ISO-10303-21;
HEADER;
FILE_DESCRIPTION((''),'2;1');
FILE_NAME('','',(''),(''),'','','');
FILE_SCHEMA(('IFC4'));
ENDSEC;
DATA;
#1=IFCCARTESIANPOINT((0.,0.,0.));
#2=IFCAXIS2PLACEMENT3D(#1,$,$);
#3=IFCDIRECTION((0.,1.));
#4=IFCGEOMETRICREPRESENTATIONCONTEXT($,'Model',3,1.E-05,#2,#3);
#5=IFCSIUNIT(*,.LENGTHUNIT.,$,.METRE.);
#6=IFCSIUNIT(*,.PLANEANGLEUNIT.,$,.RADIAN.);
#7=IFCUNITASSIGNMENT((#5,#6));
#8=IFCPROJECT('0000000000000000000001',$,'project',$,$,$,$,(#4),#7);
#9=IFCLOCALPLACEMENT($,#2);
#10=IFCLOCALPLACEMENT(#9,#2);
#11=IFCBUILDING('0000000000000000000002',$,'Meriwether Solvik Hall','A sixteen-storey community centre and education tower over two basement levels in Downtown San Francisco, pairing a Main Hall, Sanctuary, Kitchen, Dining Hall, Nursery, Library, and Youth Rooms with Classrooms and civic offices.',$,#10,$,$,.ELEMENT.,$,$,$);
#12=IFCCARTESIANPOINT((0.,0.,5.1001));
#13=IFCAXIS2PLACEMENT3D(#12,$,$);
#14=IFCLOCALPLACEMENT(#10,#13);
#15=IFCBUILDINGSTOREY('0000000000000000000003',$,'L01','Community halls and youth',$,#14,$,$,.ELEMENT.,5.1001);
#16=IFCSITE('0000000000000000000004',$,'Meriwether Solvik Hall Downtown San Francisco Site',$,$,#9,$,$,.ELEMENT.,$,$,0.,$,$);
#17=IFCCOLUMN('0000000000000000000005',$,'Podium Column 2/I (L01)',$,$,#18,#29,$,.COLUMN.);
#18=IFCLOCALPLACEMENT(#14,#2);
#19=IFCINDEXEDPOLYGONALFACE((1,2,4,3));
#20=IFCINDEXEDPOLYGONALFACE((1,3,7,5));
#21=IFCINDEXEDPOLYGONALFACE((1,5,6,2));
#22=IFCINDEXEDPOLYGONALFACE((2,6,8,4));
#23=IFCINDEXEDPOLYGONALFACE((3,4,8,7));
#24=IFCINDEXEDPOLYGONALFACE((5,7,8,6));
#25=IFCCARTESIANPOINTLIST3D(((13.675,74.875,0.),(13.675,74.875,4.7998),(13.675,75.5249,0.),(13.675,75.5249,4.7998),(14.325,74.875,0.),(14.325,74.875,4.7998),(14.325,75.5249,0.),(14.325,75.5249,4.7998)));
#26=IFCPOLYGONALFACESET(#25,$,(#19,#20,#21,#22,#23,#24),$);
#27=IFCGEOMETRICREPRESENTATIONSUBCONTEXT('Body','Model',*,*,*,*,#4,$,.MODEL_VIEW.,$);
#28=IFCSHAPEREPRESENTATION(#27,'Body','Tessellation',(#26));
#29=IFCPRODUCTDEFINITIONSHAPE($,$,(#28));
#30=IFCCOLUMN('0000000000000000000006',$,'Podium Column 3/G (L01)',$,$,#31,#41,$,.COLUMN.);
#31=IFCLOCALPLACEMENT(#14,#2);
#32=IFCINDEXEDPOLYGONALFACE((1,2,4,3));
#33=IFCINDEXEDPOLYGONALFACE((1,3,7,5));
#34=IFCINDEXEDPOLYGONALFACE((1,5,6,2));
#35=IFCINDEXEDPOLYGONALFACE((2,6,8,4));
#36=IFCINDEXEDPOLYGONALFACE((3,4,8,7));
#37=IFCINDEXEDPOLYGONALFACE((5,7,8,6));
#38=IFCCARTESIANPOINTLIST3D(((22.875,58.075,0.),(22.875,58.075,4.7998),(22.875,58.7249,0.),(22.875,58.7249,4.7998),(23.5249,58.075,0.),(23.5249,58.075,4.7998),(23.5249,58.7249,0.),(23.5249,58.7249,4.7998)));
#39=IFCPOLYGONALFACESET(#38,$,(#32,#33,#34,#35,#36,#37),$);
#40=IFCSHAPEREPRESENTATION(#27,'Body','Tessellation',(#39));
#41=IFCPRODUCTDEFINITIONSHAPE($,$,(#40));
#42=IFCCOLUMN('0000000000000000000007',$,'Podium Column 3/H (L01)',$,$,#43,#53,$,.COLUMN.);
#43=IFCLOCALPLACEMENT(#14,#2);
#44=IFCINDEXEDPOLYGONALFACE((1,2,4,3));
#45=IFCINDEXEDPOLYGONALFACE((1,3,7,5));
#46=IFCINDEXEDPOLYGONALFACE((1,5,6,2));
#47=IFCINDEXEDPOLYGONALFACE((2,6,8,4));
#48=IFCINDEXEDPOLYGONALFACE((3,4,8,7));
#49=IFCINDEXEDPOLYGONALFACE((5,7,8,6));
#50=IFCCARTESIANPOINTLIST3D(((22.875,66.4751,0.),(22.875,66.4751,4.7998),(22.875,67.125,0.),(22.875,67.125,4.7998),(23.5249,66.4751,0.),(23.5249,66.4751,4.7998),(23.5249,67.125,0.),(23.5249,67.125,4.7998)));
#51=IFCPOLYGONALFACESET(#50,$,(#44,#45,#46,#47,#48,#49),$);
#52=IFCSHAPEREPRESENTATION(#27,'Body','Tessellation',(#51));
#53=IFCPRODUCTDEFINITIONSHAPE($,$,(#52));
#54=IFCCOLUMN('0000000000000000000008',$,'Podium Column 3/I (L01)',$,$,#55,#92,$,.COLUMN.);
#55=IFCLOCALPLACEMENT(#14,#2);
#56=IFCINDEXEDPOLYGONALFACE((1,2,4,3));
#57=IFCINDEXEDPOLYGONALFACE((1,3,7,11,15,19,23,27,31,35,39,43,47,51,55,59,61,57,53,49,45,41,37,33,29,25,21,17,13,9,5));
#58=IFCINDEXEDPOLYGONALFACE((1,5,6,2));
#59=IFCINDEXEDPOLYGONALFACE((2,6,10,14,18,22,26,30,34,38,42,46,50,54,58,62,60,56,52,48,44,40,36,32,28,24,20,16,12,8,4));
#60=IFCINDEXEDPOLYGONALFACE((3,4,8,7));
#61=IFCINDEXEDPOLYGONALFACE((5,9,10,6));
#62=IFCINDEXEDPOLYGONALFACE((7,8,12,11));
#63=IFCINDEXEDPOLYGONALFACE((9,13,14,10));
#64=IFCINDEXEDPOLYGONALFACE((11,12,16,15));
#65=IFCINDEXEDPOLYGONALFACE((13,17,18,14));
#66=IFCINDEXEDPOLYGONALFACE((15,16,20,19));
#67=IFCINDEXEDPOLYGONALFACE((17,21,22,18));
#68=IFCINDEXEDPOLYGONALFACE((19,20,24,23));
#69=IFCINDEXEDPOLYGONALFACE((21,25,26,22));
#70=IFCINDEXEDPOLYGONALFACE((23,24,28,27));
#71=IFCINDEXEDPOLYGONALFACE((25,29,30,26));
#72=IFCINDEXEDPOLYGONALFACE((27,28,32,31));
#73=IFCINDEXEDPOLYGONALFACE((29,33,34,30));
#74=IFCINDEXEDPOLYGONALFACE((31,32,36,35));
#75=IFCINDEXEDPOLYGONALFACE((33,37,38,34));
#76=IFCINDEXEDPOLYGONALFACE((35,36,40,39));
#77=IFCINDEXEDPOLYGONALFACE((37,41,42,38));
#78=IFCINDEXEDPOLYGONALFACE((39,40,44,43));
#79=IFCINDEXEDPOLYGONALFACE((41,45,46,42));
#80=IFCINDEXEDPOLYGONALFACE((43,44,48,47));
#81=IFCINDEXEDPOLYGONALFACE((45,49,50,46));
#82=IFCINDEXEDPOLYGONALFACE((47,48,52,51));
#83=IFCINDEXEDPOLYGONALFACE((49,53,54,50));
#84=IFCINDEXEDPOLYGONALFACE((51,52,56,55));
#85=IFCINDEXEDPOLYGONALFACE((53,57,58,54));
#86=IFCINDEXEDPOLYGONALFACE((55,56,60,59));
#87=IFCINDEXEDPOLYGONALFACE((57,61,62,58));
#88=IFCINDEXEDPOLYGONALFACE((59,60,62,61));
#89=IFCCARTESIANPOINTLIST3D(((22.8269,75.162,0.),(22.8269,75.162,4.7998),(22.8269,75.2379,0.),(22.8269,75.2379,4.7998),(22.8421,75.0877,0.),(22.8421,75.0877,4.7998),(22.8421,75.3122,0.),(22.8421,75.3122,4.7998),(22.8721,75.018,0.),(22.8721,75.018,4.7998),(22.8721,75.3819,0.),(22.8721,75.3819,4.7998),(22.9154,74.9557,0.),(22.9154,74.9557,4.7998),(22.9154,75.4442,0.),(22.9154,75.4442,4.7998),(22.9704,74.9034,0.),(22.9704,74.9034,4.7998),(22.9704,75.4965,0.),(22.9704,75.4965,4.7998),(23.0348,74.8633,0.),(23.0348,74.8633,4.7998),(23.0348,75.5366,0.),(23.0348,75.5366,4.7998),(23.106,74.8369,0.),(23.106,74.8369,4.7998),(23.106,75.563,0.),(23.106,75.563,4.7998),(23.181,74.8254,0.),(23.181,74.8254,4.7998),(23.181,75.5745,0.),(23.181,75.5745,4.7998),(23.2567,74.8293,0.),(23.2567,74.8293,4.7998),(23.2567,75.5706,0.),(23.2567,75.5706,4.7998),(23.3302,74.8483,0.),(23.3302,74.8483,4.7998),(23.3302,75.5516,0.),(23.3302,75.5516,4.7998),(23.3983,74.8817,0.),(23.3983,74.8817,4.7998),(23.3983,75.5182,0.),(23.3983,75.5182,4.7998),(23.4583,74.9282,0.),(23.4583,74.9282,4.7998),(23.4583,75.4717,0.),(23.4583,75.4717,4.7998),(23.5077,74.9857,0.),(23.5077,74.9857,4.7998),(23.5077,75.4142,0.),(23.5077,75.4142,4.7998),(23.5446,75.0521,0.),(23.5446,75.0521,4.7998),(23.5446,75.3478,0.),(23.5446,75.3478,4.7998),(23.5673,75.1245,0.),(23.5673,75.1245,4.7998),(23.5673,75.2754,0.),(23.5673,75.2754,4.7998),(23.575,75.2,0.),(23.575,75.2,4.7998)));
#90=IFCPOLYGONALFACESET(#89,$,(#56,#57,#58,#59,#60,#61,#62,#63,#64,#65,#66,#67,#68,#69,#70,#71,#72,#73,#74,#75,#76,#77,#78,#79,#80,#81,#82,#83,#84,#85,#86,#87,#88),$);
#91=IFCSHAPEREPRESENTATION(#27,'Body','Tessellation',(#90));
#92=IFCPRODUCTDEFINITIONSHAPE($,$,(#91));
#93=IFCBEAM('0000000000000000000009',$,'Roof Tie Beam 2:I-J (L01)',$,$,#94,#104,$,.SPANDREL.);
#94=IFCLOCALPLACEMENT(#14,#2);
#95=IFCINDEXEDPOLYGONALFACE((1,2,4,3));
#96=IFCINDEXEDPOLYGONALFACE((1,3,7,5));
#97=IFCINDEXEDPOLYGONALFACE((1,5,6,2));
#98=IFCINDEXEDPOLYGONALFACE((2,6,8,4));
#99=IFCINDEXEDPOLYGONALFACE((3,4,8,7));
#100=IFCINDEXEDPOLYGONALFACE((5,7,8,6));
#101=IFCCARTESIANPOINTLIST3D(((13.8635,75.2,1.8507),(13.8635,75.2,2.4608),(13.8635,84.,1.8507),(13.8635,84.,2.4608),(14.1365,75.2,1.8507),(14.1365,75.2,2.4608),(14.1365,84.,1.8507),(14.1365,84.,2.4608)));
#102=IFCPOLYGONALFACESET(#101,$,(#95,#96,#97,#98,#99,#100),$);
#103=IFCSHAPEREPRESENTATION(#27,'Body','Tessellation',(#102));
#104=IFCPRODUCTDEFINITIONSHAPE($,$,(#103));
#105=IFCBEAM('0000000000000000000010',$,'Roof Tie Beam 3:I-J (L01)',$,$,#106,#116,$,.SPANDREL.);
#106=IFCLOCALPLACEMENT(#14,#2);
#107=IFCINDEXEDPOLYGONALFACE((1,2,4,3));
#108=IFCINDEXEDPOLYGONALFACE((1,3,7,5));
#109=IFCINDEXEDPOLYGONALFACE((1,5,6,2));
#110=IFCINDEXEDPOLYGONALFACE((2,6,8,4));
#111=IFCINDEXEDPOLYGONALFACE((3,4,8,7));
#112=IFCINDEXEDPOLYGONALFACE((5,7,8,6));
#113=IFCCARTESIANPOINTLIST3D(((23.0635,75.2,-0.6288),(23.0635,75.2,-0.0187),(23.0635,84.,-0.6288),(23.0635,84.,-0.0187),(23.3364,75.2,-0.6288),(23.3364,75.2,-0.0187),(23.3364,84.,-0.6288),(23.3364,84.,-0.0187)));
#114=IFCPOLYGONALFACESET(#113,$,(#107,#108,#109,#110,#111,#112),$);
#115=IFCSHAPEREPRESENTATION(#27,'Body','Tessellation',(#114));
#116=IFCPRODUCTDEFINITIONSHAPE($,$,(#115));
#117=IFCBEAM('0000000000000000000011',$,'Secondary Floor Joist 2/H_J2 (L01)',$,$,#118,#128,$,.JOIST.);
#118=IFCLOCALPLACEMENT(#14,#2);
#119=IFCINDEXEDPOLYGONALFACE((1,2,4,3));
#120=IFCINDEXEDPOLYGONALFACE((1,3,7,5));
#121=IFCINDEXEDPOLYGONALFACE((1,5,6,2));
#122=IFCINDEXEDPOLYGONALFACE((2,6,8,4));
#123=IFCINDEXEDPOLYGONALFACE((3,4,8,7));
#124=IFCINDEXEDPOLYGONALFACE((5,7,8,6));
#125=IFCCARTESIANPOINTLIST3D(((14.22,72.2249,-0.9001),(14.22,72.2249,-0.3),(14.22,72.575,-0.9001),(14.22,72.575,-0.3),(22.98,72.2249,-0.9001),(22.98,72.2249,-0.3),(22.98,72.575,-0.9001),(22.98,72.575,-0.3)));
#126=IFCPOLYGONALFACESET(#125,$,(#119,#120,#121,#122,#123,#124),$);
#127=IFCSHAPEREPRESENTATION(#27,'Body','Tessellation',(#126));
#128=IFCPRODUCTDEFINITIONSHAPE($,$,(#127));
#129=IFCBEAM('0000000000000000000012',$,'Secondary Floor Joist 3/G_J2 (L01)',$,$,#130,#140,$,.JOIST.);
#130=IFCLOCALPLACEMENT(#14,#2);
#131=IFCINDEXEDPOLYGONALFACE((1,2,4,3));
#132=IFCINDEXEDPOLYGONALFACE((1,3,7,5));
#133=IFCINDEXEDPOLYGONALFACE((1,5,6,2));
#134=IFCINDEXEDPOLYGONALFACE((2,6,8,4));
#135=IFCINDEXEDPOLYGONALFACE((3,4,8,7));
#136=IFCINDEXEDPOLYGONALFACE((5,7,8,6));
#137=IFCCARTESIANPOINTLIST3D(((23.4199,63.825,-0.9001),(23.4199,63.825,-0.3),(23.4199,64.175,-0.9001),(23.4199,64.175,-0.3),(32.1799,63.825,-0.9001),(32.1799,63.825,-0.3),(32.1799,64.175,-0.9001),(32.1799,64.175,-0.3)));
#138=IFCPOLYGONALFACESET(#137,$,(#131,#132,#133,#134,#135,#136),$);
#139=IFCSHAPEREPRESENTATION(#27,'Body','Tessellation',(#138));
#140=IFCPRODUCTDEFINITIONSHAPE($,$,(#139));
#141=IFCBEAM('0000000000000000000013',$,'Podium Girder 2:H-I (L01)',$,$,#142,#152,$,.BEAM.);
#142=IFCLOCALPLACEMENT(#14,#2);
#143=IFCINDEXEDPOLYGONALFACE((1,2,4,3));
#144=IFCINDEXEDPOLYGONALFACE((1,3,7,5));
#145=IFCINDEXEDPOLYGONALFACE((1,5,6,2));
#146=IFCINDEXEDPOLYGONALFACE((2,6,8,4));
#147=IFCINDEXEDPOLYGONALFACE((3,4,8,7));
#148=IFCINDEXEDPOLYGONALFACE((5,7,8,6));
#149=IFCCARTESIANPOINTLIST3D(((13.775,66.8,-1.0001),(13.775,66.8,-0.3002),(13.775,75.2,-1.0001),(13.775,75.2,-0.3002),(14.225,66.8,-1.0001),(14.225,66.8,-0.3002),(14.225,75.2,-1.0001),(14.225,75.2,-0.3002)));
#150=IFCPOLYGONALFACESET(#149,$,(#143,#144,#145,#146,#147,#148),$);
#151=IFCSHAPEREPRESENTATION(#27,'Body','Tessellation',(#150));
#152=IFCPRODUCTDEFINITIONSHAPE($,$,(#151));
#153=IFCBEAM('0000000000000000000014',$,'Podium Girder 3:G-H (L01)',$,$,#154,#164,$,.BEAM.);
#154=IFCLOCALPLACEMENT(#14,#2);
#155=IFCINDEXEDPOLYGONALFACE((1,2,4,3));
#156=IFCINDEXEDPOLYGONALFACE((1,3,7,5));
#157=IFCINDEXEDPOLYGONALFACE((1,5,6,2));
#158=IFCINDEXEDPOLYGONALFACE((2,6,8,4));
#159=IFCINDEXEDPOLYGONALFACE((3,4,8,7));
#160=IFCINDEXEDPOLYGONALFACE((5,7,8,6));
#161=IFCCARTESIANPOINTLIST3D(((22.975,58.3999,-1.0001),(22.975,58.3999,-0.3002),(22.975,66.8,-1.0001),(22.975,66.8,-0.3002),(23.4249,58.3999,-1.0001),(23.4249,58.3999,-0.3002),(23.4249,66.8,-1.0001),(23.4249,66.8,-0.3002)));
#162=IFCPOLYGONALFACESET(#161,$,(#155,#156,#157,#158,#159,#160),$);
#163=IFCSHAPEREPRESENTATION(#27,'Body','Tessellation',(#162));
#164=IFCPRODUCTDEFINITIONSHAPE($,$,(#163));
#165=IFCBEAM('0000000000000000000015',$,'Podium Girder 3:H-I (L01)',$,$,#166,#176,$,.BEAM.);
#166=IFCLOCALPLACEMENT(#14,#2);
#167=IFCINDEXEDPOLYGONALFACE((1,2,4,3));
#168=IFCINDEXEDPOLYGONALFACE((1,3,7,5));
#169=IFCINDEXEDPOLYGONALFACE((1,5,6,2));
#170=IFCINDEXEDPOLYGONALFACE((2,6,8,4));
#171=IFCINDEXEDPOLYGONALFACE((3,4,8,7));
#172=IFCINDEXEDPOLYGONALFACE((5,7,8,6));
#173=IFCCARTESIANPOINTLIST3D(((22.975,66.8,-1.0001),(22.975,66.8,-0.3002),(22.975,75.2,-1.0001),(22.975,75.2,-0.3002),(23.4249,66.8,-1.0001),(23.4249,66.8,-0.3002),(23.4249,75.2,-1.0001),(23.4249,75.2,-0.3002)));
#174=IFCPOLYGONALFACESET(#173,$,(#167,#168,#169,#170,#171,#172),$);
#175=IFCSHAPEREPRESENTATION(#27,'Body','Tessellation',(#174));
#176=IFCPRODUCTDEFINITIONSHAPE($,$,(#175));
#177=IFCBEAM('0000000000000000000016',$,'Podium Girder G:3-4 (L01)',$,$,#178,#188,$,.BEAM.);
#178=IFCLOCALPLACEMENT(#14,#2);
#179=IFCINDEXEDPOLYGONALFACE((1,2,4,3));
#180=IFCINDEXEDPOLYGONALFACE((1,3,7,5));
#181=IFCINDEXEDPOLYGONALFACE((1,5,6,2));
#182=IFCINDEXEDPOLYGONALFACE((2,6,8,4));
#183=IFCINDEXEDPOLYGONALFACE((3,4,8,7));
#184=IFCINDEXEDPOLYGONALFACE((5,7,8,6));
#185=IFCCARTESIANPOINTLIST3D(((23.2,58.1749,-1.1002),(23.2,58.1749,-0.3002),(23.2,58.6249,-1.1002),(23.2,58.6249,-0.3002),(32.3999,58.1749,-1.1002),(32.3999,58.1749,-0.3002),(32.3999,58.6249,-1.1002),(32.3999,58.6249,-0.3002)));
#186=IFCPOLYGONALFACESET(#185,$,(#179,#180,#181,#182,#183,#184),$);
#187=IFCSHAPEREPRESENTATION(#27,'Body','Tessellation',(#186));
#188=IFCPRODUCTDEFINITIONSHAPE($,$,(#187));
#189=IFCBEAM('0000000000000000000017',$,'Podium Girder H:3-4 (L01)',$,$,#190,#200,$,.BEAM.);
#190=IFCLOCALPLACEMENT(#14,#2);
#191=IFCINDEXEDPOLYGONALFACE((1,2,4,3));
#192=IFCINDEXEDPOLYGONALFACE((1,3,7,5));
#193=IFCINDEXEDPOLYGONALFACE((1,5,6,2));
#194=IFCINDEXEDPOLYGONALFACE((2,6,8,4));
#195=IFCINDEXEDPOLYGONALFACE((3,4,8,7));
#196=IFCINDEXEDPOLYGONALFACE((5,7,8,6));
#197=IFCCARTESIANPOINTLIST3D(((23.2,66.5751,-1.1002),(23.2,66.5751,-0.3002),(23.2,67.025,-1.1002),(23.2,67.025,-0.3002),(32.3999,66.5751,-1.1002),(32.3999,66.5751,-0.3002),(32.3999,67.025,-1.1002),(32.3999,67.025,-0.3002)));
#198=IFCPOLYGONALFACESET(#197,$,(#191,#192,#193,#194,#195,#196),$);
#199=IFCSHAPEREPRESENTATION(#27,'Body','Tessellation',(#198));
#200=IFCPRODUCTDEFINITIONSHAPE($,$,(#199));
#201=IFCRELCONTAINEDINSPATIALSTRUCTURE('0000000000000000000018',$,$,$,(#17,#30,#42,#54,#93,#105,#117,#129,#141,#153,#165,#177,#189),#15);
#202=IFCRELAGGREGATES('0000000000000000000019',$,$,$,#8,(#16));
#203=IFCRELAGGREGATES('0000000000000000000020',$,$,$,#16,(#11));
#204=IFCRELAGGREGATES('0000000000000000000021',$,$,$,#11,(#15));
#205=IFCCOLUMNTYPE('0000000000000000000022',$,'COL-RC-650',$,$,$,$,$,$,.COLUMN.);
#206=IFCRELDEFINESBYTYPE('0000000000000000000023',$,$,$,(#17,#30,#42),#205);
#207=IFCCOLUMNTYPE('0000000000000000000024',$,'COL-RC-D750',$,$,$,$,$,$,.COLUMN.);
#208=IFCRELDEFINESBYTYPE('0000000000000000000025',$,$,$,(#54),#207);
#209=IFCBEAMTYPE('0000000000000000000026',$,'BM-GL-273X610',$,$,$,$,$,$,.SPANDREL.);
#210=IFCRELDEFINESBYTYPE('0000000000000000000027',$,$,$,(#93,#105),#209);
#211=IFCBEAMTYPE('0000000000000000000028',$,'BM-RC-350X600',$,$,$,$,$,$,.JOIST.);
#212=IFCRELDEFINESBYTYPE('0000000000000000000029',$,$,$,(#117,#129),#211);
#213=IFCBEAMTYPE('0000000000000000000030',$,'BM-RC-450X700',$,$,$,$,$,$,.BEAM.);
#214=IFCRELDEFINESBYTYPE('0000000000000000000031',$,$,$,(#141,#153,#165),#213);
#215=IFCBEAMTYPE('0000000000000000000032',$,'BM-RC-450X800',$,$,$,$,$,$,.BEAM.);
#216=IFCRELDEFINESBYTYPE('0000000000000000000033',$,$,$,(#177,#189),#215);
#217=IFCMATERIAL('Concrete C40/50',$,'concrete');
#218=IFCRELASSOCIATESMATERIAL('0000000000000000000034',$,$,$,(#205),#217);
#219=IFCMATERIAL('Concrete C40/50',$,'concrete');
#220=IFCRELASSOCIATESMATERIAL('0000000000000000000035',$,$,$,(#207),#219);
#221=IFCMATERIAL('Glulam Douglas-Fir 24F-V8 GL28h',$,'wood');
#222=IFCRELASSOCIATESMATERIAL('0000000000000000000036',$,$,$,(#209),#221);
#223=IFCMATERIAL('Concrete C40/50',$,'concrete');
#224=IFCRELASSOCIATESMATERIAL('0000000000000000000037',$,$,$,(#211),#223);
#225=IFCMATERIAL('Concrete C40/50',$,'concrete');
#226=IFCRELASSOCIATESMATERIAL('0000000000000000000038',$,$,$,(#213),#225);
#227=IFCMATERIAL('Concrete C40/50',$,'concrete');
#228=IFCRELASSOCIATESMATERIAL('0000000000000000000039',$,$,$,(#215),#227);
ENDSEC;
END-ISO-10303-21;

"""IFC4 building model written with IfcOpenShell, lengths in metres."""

from ifc_helpers import new_model, si_unit, direction, frame, origin, origin_2d, place, context, subcontext, project, spatial, rectangle, circle, extrude, material, material_profile, profile_set, type_object, element, save


model = new_model("IFC4")

# Units and contexts
model_context = context("Model", 3, precision=1e-05, world=origin(), true_north=direction((0.0, 1.0)))
body_context = subcontext(model_context, "Body", "Model", "MODEL_VIEW")
ifc_project = project(units=[si_unit("LENGTHUNIT", "METRE"), si_unit("PLANEANGLEUNIT", "RADIAN")], contexts=[model_context])

# Site, building, storey
site_placement = place(None, origin())
site = spatial("IfcSite", under=ifc_project, at=site_placement, Name="Meriwether Solvik Hall Downtown San Francisco Site", CompositionType="ELEMENT", RefElevation=0.0)
building_placement = place(site_placement, origin())
building = spatial("IfcBuilding", under=site, at=building_placement, Name="Meriwether Solvik Hall", Description="A sixteen-storey community centre and education tower over two basement levels in Downtown San Francisco, pairing a Main Hall, Sanctuary, Kitchen, Dining Hall, Nursery, Library, and Youth Rooms with Classrooms and civic offices.", CompositionType="ELEMENT")
storey_placement = place(building_placement, frame((0.0, 0.0, 5.1001)))
storey = spatial("IfcBuildingStorey", under=building, at=storey_placement, Name="L01", Description="Community halls and youth", CompositionType="ELEMENT", Elevation=5.1001)

# Columns
ifc_material_1 = material(Name="Concrete C40/50", Category="concrete")
ifc_material_profile_1 = material_profile(ifc_material_1, rectangle(XDim=0.6499, YDim=0.6499, at=origin_2d()), Name="RCC-650X650")
ifc_profile_set_1 = profile_set([ifc_material_profile_1], Name="Concrete C40/50")
column_type_1 = type_object("IfcColumnType", Name="COL-RC-650", PredefinedType="COLUMN", material=ifc_profile_set_1)
for number, where, z_axis, x_axis, name in (
    (1, (14.0, 75.2, 0.0), (0.0, 0.0, 1.0), (1.0, 0.0, 0.0), "Podium Column 2/I (L01)"),
    (2, (23.2, 58.3999, 0.0), (0.0, 0.0, 1.0), (1.0, 0.0, 0.0), "Podium Column 3/G (L01)"),
    (3, (23.2, 66.8, 0.0), (0.0, 0.0, 1.0), (1.0, 0.0, 0.0), "Podium Column 3/H (L01)"),
):
    element("IfcColumn", number, at=place(storey_placement, frame(where, z_axis=z_axis, x_axis=x_axis)), inside=storey, type_object=column_type_1, Name=name, PredefinedType="COLUMN", context=body_context, shape_type="SweptSolid", body=[
        extrude(rectangle(XDim=0.6499, YDim=0.6499, at=origin_2d()), origin(), (0.0, 0.0, 1.0), 4.7998),
    ])
ifc_material_2 = material(Name="Concrete C40/50", Category="concrete")
ifc_material_profile_2 = material_profile(ifc_material_2, circle(Radius=0.375, at=origin_2d()), Name="RCC-D750")
ifc_profile_set_2 = profile_set([ifc_material_profile_2], Name="Concrete C40/50")
column_type_2 = type_object("IfcColumnType", Name="COL-RC-D750", PredefinedType="COLUMN", material=ifc_profile_set_2)
column_placement = place(storey_placement, frame((23.2, 75.2, 0.0), z_axis=(0.0, 0.0, 1.0), x_axis=(1.0, 0.0, 0.0)))
element("IfcColumn", 4, at=column_placement, inside=storey, type_object=column_type_2, Name="Podium Column 3/I (L01)", PredefinedType="COLUMN", context=body_context, shape_type="SweptSolid", body=[
    extrude(circle(Radius=0.375, at=origin_2d()), origin(), (0.0, 0.0, 1.0), 4.7998),
])

# Beams
ifc_material_3 = material(Name="Glulam Douglas-Fir 24F-V8 GL28h", Category="wood")
ifc_material_profile_3 = material_profile(ifc_material_3, rectangle(XDim=0.2729, YDim=0.6101, at=origin_2d()), Name="GLB-273X610")
ifc_profile_set_3 = profile_set([ifc_material_profile_3], Name="Glulam Douglas-Fir 24F-V8 GL28h")
beam_type_1 = type_object("IfcBeamType", Name="BM-GL-273X610", PredefinedType="SPANDREL", material=ifc_profile_set_3)
for number, where, z_axis, x_axis, name in (
    (5, (14.0, 75.2, 2.1558), (0.0, 1.0, 0.0), (-1.0, 0.0, 0.0), "Roof Tie Beam 2:I-J (L01)"),
    (6, (23.2, 75.2, -0.3237), (0.0, 1.0, 0.0), (-1.0, 0.0, 0.0), "Roof Tie Beam 3:I-J (L01)"),
):
    element("IfcBeam", number, at=place(storey_placement, frame(where, z_axis=z_axis, x_axis=x_axis)), inside=storey, type_object=beam_type_1, Name=name, PredefinedType="SPANDREL", context=body_context, shape_type="SweptSolid", body=[
        extrude(rectangle(XDim=0.2729, YDim=0.6101, at=origin_2d()), origin(), (0.0, 0.0, 1.0), 8.8),
    ])
ifc_material_4 = material(Name="Concrete C40/50", Category="concrete")
ifc_material_profile_4 = material_profile(ifc_material_4, rectangle(XDim=0.3501, YDim=0.6001, at=origin_2d()), Name="RCB-350X600")
ifc_profile_set_4 = profile_set([ifc_material_profile_4], Name="Concrete C40/50")
beam_type_2 = type_object("IfcBeamType", Name="BM-RC-350X600", PredefinedType="JOIST", material=ifc_profile_set_4)
for number, where, z_axis, x_axis, name in (
    (7, (14.22, 72.3999, -0.6001), (1.0, 0.0, 0.0), (0.0, 1.0, 0.0), "Secondary Floor Joist 2/H_J2 (L01)"),
    (8, (23.4199, 64.0, -0.6001), (1.0, 0.0, 0.0), (0.0, 1.0, 0.0), "Secondary Floor Joist 3/G_J2 (L01)"),
):
    element("IfcBeam", number, at=place(storey_placement, frame(where, z_axis=z_axis, x_axis=x_axis)), inside=storey, type_object=beam_type_2, Name=name, PredefinedType="JOIST", context=body_context, shape_type="SweptSolid", body=[
        extrude(rectangle(XDim=0.3501, YDim=0.6001, at=origin_2d()), origin(), (0.0, 0.0, 1.0), 8.76),
    ])
ifc_material_5 = material(Name="Concrete C40/50", Category="concrete")
ifc_material_profile_5 = material_profile(ifc_material_5, rectangle(XDim=0.45, YDim=0.7, at=origin_2d()), Name="RCB-450X700")
ifc_profile_set_5 = profile_set([ifc_material_profile_5], Name="Concrete C40/50")
beam_type_3 = type_object("IfcBeamType", Name="BM-RC-450X700", PredefinedType="BEAM", material=ifc_profile_set_5)
beam_1_placement = place(storey_placement, frame((14.0, 66.8, -0.6501), z_axis=(0.0, 1.0, 0.0), x_axis=(-1.0, 0.0, 0.0)))
element("IfcBeam", 9, at=beam_1_placement, inside=storey, type_object=beam_type_3, Name="Podium Girder 2:H-I (L01)", PredefinedType="BEAM", context=body_context, shape_type="SweptSolid", body=[
    extrude(rectangle(XDim=0.45, YDim=0.7, at=origin_2d()), origin(), (0.0, 0.0, 1.0), 8.3999),
])
beam_2_placement = place(storey_placement, frame((23.2, 58.3999, -0.6501), z_axis=(0.0, 1.0, 0.0), x_axis=(-1.0, 0.0, 0.0)))
element("IfcBeam", 10, at=beam_2_placement, inside=storey, type_object=beam_type_3, Name="Podium Girder 3:G-H (L01)", PredefinedType="BEAM", context=body_context, shape_type="SweptSolid", body=[
    extrude(rectangle(XDim=0.45, YDim=0.7, at=origin_2d()), origin(), (0.0, 0.0, 1.0), 8.4001),
])
beam_3_placement = place(storey_placement, frame((23.2, 66.8, -0.6501), z_axis=(0.0, 1.0, 0.0), x_axis=(-1.0, 0.0, 0.0)))
element("IfcBeam", 11, at=beam_3_placement, inside=storey, type_object=beam_type_3, Name="Podium Girder 3:H-I (L01)", PredefinedType="BEAM", context=body_context, shape_type="SweptSolid", body=[
    extrude(rectangle(XDim=0.45, YDim=0.7, at=origin_2d()), origin(), (0.0, 0.0, 1.0), 8.3999),
])
ifc_material_6 = material(Name="Concrete C40/50", Category="concrete")
ifc_material_profile_6 = material_profile(ifc_material_6, rectangle(XDim=0.45, YDim=0.8, at=origin_2d()), Name="RCB-450X800")
ifc_profile_set_6 = profile_set([ifc_material_profile_6], Name="Concrete C40/50")
beam_type_4 = type_object("IfcBeamType", Name="BM-RC-450X800", PredefinedType="BEAM", material=ifc_profile_set_6)
for number, where, z_axis, x_axis, name in (
    (12, (23.2, 58.3999, -0.7002), (1.0, 0.0, 0.0), (0.0, 1.0, 0.0), "Podium Girder G:3-4 (L01)"),
    (13, (23.2, 66.8, -0.7002), (1.0, 0.0, 0.0), (0.0, 1.0, 0.0), "Podium Girder H:3-4 (L01)"),
):
    element("IfcBeam", number, at=place(storey_placement, frame(where, z_axis=z_axis, x_axis=x_axis)), inside=storey, type_object=beam_type_4, Name=name, PredefinedType="BEAM", context=body_context, shape_type="SweptSolid", body=[
        extrude(rectangle(XDim=0.45, YDim=0.8, at=origin_2d()), origin(), (0.0, 0.0, 1.0), 9.2),
    ])

save(model, "model.ifc")
